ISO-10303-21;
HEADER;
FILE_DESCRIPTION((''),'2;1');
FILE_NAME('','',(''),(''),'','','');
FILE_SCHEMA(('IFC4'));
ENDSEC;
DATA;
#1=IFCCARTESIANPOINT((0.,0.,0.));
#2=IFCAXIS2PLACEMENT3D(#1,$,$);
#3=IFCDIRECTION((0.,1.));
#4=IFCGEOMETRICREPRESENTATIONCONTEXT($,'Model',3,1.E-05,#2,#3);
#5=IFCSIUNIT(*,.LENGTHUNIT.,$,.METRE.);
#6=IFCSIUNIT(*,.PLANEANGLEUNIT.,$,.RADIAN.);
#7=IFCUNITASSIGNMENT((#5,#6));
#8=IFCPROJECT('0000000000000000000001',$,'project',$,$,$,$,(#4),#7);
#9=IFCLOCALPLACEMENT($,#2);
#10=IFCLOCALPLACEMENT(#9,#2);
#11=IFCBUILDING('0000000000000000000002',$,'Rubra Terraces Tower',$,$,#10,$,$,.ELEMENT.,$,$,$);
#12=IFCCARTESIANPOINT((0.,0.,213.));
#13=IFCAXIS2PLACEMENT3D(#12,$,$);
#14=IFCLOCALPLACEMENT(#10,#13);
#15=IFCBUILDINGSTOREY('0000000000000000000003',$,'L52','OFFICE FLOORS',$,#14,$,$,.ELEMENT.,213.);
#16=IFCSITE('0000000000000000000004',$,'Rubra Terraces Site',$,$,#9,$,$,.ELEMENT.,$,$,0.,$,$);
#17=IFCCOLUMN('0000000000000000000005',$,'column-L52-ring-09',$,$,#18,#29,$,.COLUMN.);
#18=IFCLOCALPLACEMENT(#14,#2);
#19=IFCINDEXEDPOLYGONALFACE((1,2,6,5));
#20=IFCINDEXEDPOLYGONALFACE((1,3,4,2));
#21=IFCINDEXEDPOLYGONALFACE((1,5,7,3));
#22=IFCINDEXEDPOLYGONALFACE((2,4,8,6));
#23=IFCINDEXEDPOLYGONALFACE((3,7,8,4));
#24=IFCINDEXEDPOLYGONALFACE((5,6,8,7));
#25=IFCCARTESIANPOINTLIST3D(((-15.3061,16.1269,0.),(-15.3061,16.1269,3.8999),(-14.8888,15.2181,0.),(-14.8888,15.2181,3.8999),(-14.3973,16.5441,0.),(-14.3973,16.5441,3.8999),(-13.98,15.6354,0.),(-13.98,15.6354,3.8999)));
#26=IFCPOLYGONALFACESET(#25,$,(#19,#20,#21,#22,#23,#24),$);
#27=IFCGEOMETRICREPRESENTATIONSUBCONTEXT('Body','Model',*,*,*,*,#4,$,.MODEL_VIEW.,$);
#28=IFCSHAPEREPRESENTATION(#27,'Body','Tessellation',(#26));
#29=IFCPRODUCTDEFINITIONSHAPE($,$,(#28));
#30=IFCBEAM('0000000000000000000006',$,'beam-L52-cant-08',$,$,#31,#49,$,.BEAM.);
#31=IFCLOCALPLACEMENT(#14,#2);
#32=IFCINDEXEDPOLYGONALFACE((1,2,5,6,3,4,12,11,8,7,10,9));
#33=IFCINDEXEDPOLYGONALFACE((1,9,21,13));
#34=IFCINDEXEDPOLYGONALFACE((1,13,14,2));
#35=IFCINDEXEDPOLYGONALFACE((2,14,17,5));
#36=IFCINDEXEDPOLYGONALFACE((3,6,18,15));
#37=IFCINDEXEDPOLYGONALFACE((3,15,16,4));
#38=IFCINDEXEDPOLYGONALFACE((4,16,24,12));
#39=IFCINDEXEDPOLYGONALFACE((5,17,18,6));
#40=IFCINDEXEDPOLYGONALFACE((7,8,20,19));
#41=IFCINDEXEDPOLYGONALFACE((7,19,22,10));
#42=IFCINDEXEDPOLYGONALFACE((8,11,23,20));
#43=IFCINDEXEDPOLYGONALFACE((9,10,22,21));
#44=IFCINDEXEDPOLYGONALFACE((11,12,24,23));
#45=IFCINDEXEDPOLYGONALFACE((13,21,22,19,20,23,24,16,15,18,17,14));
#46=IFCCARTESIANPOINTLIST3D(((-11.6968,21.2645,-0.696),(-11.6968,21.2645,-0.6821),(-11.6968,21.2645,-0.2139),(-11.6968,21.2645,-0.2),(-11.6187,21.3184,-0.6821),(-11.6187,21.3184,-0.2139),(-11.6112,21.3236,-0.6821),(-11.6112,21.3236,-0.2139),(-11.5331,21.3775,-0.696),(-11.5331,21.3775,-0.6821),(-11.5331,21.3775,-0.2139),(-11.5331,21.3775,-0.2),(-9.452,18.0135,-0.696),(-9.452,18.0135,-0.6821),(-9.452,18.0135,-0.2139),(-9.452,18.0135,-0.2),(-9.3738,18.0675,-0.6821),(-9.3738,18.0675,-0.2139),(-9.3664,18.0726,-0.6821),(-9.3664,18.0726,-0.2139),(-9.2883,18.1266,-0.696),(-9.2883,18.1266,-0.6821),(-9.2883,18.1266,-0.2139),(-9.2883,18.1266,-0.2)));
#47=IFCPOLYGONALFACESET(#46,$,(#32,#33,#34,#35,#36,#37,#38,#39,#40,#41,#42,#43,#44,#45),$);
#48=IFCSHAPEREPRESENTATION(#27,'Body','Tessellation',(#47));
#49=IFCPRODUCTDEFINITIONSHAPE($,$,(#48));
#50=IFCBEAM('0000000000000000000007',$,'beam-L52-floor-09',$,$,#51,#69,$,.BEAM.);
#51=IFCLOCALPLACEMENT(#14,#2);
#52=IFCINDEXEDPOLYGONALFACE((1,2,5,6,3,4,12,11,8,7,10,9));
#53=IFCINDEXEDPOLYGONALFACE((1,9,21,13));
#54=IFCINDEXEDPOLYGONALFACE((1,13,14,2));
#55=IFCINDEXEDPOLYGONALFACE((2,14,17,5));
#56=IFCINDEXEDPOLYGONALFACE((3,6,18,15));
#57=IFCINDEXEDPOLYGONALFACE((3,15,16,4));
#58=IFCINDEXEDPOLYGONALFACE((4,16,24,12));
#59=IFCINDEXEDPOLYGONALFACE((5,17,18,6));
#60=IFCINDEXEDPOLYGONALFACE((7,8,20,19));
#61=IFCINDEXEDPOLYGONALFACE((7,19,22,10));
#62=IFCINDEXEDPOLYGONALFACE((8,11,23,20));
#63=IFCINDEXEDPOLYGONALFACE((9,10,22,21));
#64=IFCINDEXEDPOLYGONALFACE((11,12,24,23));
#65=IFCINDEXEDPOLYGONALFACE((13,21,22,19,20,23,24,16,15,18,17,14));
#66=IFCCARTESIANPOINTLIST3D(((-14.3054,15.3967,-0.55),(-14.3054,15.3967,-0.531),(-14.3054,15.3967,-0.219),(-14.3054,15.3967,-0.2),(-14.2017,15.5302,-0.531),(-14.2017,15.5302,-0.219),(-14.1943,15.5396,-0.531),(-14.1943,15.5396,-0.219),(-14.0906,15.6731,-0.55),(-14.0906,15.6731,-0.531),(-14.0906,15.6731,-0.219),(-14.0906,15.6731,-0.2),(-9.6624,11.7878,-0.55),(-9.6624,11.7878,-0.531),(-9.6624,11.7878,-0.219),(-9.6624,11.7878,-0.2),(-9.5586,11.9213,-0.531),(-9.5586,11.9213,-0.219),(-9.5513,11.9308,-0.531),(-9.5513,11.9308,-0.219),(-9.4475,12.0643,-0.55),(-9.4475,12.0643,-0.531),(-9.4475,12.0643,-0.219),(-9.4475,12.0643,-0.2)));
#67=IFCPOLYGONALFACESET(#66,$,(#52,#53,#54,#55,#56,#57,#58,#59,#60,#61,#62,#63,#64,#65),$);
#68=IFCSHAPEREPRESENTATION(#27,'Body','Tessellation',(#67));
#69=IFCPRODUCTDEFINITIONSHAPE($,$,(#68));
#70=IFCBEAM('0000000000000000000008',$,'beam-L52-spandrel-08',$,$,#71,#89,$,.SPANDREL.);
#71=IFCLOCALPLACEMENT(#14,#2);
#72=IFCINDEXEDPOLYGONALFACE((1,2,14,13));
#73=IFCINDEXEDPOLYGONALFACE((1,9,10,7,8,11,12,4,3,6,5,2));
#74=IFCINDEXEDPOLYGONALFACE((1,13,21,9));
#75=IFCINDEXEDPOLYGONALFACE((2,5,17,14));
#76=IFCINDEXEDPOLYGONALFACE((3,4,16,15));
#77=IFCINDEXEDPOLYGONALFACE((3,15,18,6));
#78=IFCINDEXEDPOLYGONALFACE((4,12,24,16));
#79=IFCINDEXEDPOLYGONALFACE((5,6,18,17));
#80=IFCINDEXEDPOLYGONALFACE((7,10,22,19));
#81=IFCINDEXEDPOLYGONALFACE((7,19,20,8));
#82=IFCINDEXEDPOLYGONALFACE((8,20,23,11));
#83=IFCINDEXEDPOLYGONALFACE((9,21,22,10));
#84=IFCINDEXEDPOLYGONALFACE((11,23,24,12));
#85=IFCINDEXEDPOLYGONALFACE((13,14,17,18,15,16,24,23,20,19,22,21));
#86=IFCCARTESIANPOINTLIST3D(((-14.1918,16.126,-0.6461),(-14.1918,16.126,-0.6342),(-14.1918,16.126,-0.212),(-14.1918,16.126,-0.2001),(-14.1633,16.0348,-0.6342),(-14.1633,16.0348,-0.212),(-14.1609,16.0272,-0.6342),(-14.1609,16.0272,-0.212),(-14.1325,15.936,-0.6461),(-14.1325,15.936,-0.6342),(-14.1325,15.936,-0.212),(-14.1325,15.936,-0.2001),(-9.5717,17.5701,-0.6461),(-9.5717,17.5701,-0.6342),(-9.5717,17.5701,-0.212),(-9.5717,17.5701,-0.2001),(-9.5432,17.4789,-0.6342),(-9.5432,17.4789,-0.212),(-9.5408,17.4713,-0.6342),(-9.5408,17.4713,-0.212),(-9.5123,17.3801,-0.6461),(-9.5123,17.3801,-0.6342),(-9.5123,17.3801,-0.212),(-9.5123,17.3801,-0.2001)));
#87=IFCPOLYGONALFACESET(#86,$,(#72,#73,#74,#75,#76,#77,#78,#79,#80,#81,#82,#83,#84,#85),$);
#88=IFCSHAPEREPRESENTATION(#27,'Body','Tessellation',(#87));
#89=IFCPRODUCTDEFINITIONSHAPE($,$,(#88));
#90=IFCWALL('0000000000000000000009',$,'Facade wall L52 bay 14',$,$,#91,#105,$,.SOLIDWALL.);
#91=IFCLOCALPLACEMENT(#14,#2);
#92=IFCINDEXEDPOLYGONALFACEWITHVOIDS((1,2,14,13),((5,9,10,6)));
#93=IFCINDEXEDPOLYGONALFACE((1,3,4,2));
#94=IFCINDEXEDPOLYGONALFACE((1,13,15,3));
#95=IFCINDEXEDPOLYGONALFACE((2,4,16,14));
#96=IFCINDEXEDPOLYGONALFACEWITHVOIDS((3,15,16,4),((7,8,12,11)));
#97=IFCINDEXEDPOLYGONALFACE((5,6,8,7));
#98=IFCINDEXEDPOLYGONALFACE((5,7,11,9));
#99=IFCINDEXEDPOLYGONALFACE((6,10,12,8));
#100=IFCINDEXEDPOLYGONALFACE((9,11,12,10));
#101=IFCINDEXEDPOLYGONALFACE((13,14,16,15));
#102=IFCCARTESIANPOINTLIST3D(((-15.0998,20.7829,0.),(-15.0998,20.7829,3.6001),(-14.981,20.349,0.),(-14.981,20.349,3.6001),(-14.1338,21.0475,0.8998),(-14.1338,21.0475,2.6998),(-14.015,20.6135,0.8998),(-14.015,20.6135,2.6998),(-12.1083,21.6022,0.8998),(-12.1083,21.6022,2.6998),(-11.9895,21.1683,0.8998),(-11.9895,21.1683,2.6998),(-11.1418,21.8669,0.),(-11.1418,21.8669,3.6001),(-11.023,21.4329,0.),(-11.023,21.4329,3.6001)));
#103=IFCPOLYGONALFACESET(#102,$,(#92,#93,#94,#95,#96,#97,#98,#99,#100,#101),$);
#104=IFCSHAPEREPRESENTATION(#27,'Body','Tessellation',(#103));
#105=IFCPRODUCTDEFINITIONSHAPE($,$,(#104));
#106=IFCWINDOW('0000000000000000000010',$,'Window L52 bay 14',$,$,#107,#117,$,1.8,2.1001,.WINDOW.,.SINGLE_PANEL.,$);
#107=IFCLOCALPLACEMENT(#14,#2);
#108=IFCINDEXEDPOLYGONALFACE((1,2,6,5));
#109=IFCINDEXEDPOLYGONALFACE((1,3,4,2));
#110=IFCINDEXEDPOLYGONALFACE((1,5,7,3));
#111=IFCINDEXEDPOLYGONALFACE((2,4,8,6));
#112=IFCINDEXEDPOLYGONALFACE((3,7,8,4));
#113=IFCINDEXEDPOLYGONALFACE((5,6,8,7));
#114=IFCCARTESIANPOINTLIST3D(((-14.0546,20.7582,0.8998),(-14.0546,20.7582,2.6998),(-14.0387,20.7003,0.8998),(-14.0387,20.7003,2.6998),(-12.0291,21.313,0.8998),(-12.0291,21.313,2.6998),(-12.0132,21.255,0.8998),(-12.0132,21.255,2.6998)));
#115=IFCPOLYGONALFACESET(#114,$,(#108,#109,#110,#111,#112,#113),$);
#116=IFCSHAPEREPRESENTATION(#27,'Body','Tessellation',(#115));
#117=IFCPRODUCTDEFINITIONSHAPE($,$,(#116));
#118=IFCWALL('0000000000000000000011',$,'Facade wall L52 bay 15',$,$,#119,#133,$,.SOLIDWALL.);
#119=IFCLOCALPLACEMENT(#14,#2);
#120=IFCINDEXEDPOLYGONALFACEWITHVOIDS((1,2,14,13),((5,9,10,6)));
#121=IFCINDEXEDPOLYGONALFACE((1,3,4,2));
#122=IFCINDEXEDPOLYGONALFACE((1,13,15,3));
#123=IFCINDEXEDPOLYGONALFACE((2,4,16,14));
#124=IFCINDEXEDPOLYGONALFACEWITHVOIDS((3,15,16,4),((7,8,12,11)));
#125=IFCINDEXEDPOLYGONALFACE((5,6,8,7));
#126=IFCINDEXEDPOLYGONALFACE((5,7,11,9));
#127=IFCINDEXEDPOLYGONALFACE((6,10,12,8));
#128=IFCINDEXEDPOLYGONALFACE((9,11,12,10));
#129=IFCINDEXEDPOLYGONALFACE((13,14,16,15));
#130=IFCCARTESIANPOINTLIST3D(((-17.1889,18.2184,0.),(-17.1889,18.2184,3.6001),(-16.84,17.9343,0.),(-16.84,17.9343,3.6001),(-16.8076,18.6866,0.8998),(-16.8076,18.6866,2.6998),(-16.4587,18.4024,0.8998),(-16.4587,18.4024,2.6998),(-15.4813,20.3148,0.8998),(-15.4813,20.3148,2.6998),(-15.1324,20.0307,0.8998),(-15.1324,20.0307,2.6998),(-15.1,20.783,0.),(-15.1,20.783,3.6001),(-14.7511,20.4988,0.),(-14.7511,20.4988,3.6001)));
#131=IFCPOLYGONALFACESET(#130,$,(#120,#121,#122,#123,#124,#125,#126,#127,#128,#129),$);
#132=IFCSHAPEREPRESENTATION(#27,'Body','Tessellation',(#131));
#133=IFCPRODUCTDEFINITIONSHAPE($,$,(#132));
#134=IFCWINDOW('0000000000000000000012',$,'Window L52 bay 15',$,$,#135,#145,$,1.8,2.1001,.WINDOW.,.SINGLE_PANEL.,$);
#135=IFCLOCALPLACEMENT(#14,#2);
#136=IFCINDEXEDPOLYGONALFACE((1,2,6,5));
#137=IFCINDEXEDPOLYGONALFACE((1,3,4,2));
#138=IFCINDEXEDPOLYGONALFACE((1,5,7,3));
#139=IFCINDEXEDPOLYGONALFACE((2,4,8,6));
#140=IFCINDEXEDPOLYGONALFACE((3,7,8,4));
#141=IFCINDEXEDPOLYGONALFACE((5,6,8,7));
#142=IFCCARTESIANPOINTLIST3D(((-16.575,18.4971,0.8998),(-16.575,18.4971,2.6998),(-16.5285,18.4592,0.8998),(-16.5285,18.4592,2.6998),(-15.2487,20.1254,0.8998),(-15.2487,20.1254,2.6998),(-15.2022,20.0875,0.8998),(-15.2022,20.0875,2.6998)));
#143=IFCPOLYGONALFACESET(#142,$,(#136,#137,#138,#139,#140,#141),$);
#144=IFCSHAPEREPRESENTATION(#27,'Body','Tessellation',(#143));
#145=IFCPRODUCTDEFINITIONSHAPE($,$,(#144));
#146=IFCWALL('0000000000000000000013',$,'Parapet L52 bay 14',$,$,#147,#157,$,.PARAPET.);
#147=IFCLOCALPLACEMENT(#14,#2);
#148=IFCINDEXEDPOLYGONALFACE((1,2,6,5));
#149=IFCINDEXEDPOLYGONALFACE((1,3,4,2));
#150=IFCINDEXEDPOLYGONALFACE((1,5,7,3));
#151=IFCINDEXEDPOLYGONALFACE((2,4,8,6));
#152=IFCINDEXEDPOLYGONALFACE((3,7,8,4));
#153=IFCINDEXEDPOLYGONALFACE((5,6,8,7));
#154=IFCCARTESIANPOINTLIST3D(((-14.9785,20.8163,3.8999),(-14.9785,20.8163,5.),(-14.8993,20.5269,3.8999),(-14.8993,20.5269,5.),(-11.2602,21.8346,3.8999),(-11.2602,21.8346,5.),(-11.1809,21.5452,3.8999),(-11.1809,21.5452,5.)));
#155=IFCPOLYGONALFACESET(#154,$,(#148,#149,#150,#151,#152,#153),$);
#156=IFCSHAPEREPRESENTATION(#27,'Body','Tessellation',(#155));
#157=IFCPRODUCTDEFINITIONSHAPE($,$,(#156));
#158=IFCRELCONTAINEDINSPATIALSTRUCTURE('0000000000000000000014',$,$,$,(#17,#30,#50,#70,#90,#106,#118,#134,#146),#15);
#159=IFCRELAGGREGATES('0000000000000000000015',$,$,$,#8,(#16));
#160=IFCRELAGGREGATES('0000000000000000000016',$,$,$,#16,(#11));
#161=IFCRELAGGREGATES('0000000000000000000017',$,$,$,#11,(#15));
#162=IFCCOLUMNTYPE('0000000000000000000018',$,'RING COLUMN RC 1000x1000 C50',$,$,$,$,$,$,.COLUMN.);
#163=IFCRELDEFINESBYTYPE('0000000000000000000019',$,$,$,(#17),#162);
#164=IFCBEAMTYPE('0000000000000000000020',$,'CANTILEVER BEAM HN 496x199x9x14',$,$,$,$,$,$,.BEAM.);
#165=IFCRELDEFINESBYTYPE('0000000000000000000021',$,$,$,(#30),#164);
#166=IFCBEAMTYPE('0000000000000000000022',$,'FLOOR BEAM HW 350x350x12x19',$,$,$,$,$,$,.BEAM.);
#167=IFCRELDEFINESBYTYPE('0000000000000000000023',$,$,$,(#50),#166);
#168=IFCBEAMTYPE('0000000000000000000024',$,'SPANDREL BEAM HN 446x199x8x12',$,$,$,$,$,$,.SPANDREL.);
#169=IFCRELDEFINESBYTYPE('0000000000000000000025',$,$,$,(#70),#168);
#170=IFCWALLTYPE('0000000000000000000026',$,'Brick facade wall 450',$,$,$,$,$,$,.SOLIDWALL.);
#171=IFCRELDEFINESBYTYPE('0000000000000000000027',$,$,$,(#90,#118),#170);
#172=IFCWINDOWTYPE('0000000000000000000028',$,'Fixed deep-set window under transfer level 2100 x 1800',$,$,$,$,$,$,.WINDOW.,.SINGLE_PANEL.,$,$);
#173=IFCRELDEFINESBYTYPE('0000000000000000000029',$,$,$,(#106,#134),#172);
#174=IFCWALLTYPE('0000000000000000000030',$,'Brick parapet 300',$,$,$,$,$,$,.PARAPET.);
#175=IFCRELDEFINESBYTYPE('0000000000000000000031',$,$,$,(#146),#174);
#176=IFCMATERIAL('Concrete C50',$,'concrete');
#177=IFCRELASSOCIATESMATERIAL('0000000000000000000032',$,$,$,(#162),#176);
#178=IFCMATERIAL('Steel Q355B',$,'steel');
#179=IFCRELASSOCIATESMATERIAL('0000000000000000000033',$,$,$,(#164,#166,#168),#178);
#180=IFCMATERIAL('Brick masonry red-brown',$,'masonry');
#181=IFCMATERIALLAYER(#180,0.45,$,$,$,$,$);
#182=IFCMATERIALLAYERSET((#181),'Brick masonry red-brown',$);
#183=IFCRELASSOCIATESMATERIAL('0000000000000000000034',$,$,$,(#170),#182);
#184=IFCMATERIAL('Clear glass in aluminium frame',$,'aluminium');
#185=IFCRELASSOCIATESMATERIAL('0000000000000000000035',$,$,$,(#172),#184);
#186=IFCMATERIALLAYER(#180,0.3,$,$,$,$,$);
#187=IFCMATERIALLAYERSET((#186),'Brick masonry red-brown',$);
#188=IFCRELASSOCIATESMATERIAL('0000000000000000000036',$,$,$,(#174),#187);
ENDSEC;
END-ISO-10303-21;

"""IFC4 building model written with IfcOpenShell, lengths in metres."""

from ifc_helpers import new_model, si_unit, direction, frame, frame_2d, origin, origin_2d, place, context, subcontext, project, spatial, rectangle, i_section, extrude, material, layer, layer_set, material_profile, profile_set, type_object, element, fill, save


model = new_model("IFC4")

# Units and contexts
model_context = context("Model", 3, precision=1e-05, world=origin(), true_north=direction((0.0, 1.0)))
body_context = subcontext(model_context, "Body", "Model", "MODEL_VIEW")
ifc_project = project(units=[si_unit("LENGTHUNIT", "METRE"), si_unit("PLANEANGLEUNIT", "RADIAN")], contexts=[model_context])

# Site, building, storey
site_placement = place(None, origin())
site = spatial("IfcSite", under=ifc_project, at=site_placement, Name="Rubra Terraces Site", CompositionType="ELEMENT", RefElevation=0.0)
building_placement = place(site_placement, origin())
building = spatial("IfcBuilding", under=site, at=building_placement, Name="Rubra Terraces Tower", CompositionType="ELEMENT")
storey_placement = place(building_placement, frame((0.0, 0.0, 213.0)))
storey = spatial("IfcBuildingStorey", under=building, at=storey_placement, Name="L52", Description="OFFICE FLOORS", CompositionType="ELEMENT", Elevation=213.0)

# Column
ifc_material_1 = material(Name="Concrete C50", Category="concrete")
ifc_material_profile_1 = material_profile(ifc_material_1, rectangle(XDim=1.0, YDim=1.0, at=origin_2d()), Name="RC 1000x1000")
ifc_profile_set_1 = profile_set([ifc_material_profile_1], Name="Concrete C50")
column_type = type_object("IfcColumnType", Name="RING COLUMN RC 1000x1000 C50", PredefinedType="COLUMN", material=ifc_profile_set_1)
column_placement = place(storey_placement, frame((-14.6431, 15.8811, 0.0), z_axis=(0.0, 0.0, 1.0), x_axis=(-0.908779, -0.417279, 0.0)))
element("IfcColumn", 1, at=column_placement, inside=storey, type_object=column_type, Name="column-L52-ring-09", PredefinedType="COLUMN", context=body_context, shape_type="SweptSolid", body=[
    extrude(rectangle(XDim=1.0, YDim=1.0, at=origin_2d()), origin(), (0.0, 0.0, 1.0), 3.8999),
])

# Beams
ifc_material_2 = material(Name="Steel Q355B", Category="steel")
ifc_material_profile_2 = material_profile(ifc_material_2, i_section(OverallWidth=0.199, OverallDepth=0.4961, WebThickness=0.009, FlangeThickness=0.0139, at=origin_2d()), Name="HN 496x199x9x14")
ifc_profile_set_2 = profile_set([ifc_material_profile_2], Name="Steel Q355B")
beam_type_1 = type_object("IfcBeamType", Name="CANTILEVER BEAM HN 496x199x9x14", PredefinedType="BEAM", material=ifc_profile_set_2)
beam_1_placement = place(storey_placement, frame((-9.3701, 18.0701, -0.448), z_axis=(-0.568217, 0.822879, 0.0), x_axis=(-0.822879, -0.568217, 0.0)))
element("IfcBeam", 2, at=beam_1_placement, inside=storey, type_object=beam_type_1, Name="beam-L52-cant-08", PredefinedType="BEAM", context=body_context, shape_type="SweptSolid", body=[
    extrude(i_section(OverallWidth=0.199, OverallDepth=0.4961, WebThickness=0.009, FlangeThickness=0.0139, at=origin_2d()), origin(), (0.0, 0.0, 1.0), 3.9507),
])
ifc_material_profile_3 = material_profile(ifc_material_2, i_section(OverallWidth=0.3501, OverallDepth=0.3501, WebThickness=0.012, FlangeThickness=0.019, at=origin_2d()), Name="HW 350x350x12x19")
ifc_profile_set_3 = profile_set([ifc_material_profile_3], Name="Steel Q355B")
beam_type_2 = type_object("IfcBeamType", Name="FLOOR BEAM HW 350x350x12x19", PredefinedType="BEAM", material=ifc_profile_set_3)
beam_2_placement = place(storey_placement, frame((-14.198, 15.5349, -0.375), z_axis=(0.789549, -0.613688, 0.0), x_axis=(0.613688, 0.789549, 0.0)))
element("IfcBeam", 3, at=beam_2_placement, inside=storey, type_object=beam_type_2, Name="beam-L52-floor-09", PredefinedType="BEAM", context=body_context, shape_type="SweptSolid", body=[
    extrude(i_section(OverallWidth=0.3501, OverallDepth=0.3501, WebThickness=0.012, FlangeThickness=0.019, at=origin_2d()), origin(), (0.0, 0.0, 1.0), 5.8806),
])
ifc_material_profile_4 = material_profile(ifc_material_2, i_section(OverallWidth=0.199, OverallDepth=0.446, WebThickness=0.0081, FlangeThickness=0.012, at=origin_2d()), Name="HN 446x199x8x12")
ifc_profile_set_4 = profile_set([ifc_material_profile_4], Name="Steel Q355B")
beam_type_3 = type_object("IfcBeamType", Name="SPANDREL BEAM HN 446x199x8x12", PredefinedType="SPANDREL", material=ifc_profile_set_4)
beam_3_placement = place(storey_placement, frame((-9.542, 17.4751, -0.4231), z_axis=(-0.954462, -0.298332, 0.0), x_axis=(0.298332, -0.954462, 0.0)))
element("IfcBeam", 4, at=beam_3_placement, inside=storey, type_object=beam_type_3, Name="beam-L52-spandrel-08", PredefinedType="SPANDREL", context=body_context, shape_type="SweptSolid", body=[
    extrude(i_section(OverallWidth=0.199, OverallDepth=0.446, WebThickness=0.0081, FlangeThickness=0.012, at=origin_2d()), origin(), (0.0, 0.0, 1.0), 4.8406),
])

# Walls, openings, windows
ifc_material_3 = material(Name="Brick masonry red-brown", Category="masonry")
ifc_layer_1 = layer(ifc_material_3, 0.45)
ifc_layer_set_1 = layer_set([ifc_layer_1], Name="Brick masonry red-brown")
wall_type_1 = type_object("IfcWallType", Name="Brick facade wall 450", PredefinedType="SOLIDWALL", material=ifc_layer_set_1)
wall_1_placement = place(storey_placement, frame((-11.0825, 21.6499, 0.0), z_axis=(0.0, 0.0, 1.0), x_axis=(-0.964483, -0.264144, 0.0)))
wall_1 = element("IfcWall", 5, at=wall_1_placement, inside=storey, type_object=wall_type_1, Name="Facade wall L52 bay 14", PredefinedType="SOLIDWALL", context=body_context, shape_type="SweptSolid", body=[
    extrude(rectangle(XDim=4.1038, YDim=0.45, at=frame_2d((2.0518, 0.0))), origin(), (0.0, 0.0, 1.0), 3.6001),
])
opening_1_placement = place(wall_1_placement, frame((1.002, 0.0, 0.8999)))
opening_1 = element("IfcOpeningElement", 6, at=opening_1_placement, cuts=wall_1, PredefinedType="OPENING", context=body_context, shape_type="SweptSolid", body=[
    extrude(rectangle(XDim=2.1001, YDim=1.8, at=frame_2d((1.05, 0.8999))), frame((0.0, 0.2349, 0.0), z_axis=(0.0, -1.0, 0.0), x_axis=(1.0, 0.0, 0.0)), (0.0, 0.0, 1.0), 0.47),
])
ifc_material_4 = material(Name="Clear glass in aluminium frame", Category="aluminium")
window_type = type_object("IfcWindowType", Name="Fixed deep-set window under transfer level 2100 x 1800", PartitioningType="SINGLE_PANEL", PredefinedType="WINDOW", material=ifc_material_4)
window_1_placement = place(opening_1_placement, origin())
window_1 = element("IfcWindow", 7, at=window_1_placement, inside=storey, type_object=window_type, Name="Window L52 bay 14", OverallHeight=1.8, OverallWidth=2.1001, PartitioningType="SINGLE_PANEL", PredefinedType="WINDOW", context=body_context, shape_type="SweptSolid", body=[
    extrude(rectangle(XDim=2.1001, YDim=1.8, at=frame_2d((1.05, 0.8999))), frame((0.0, 0.135, 0.0), z_axis=(0.0, -1.0, 0.0), x_axis=(1.0, 0.0, 0.0)), (0.0, 0.0, 1.0), 0.0601),
])
fill(opening_1, window_1)
wall_2_placement = place(storey_placement, frame((-14.9255, 20.6409, 0.0), z_axis=(0.0, 0.0, 1.0), x_axis=(-0.631548, -0.775337, 0.0)))
wall_2 = element("IfcWall", 8, at=wall_2_placement, inside=storey, type_object=wall_type_1, Name="Facade wall L52 bay 15", PredefinedType="SOLIDWALL", context=body_context, shape_type="SweptSolid", body=[
    extrude(rectangle(XDim=3.3076, YDim=0.45, at=frame_2d((1.6538, 0.0))), origin(), (0.0, 0.0, 1.0), 3.6001),
])
opening_2_placement = place(wall_2_placement, frame((0.6038, 0.0, 0.8999)))
opening_2 = element("IfcOpeningElement", 9, at=opening_2_placement, cuts=wall_2, PredefinedType="OPENING", context=body_context, shape_type="SweptSolid", body=[
    extrude(rectangle(XDim=2.1001, YDim=1.8, at=frame_2d((1.05, 0.8999))), frame((0.0, 0.2349, 0.0), z_axis=(0.0, -1.0, 0.0), x_axis=(1.0, 0.0, 0.0)), (0.0, 0.0, 1.0), 0.47),
])
window_2_placement = place(opening_2_placement, origin())
window_2 = element("IfcWindow", 10, at=window_2_placement, inside=storey, type_object=window_type, Name="Window L52 bay 15", OverallHeight=1.8, OverallWidth=2.1001, PartitioningType="SINGLE_PANEL", PredefinedType="WINDOW", context=body_context, shape_type="SweptSolid", body=[
    extrude(rectangle(XDim=2.1001, YDim=1.8, at=frame_2d((1.05, 0.8999))), frame((0.0, 0.135, 0.0), z_axis=(0.0, -1.0, 0.0), x_axis=(1.0, 0.0, 0.0)), (0.0, 0.0, 1.0), 0.0601),
])
fill(opening_2, window_2)

# Wall
ifc_layer_2 = layer(ifc_material_3, 0.3)
ifc_layer_set_2 = layer_set([ifc_layer_2], Name="Brick masonry red-brown")
wall_type_2 = type_object("IfcWallType", Name="Brick parapet 300", PredefinedType="PARAPET", material=ifc_layer_set_2)
wall_3_placement = place(storey_placement, frame((-11.2205, 21.6899, 3.8999), z_axis=(0.0, 0.0, 1.0), x_axis=(-0.964484, -0.264141, 0.0)))
element("IfcWall", 11, at=wall_3_placement, inside=storey, type_object=wall_type_2, Name="Parapet L52 bay 14", PredefinedType="PARAPET", context=body_context, shape_type="SweptSolid", body=[
    extrude(rectangle(XDim=3.8552, YDim=0.3, at=frame_2d((1.9277, 0.0))), origin(), (0.0, 0.0, 1.0), 1.1001),
])

save(model, "model.ifc")
